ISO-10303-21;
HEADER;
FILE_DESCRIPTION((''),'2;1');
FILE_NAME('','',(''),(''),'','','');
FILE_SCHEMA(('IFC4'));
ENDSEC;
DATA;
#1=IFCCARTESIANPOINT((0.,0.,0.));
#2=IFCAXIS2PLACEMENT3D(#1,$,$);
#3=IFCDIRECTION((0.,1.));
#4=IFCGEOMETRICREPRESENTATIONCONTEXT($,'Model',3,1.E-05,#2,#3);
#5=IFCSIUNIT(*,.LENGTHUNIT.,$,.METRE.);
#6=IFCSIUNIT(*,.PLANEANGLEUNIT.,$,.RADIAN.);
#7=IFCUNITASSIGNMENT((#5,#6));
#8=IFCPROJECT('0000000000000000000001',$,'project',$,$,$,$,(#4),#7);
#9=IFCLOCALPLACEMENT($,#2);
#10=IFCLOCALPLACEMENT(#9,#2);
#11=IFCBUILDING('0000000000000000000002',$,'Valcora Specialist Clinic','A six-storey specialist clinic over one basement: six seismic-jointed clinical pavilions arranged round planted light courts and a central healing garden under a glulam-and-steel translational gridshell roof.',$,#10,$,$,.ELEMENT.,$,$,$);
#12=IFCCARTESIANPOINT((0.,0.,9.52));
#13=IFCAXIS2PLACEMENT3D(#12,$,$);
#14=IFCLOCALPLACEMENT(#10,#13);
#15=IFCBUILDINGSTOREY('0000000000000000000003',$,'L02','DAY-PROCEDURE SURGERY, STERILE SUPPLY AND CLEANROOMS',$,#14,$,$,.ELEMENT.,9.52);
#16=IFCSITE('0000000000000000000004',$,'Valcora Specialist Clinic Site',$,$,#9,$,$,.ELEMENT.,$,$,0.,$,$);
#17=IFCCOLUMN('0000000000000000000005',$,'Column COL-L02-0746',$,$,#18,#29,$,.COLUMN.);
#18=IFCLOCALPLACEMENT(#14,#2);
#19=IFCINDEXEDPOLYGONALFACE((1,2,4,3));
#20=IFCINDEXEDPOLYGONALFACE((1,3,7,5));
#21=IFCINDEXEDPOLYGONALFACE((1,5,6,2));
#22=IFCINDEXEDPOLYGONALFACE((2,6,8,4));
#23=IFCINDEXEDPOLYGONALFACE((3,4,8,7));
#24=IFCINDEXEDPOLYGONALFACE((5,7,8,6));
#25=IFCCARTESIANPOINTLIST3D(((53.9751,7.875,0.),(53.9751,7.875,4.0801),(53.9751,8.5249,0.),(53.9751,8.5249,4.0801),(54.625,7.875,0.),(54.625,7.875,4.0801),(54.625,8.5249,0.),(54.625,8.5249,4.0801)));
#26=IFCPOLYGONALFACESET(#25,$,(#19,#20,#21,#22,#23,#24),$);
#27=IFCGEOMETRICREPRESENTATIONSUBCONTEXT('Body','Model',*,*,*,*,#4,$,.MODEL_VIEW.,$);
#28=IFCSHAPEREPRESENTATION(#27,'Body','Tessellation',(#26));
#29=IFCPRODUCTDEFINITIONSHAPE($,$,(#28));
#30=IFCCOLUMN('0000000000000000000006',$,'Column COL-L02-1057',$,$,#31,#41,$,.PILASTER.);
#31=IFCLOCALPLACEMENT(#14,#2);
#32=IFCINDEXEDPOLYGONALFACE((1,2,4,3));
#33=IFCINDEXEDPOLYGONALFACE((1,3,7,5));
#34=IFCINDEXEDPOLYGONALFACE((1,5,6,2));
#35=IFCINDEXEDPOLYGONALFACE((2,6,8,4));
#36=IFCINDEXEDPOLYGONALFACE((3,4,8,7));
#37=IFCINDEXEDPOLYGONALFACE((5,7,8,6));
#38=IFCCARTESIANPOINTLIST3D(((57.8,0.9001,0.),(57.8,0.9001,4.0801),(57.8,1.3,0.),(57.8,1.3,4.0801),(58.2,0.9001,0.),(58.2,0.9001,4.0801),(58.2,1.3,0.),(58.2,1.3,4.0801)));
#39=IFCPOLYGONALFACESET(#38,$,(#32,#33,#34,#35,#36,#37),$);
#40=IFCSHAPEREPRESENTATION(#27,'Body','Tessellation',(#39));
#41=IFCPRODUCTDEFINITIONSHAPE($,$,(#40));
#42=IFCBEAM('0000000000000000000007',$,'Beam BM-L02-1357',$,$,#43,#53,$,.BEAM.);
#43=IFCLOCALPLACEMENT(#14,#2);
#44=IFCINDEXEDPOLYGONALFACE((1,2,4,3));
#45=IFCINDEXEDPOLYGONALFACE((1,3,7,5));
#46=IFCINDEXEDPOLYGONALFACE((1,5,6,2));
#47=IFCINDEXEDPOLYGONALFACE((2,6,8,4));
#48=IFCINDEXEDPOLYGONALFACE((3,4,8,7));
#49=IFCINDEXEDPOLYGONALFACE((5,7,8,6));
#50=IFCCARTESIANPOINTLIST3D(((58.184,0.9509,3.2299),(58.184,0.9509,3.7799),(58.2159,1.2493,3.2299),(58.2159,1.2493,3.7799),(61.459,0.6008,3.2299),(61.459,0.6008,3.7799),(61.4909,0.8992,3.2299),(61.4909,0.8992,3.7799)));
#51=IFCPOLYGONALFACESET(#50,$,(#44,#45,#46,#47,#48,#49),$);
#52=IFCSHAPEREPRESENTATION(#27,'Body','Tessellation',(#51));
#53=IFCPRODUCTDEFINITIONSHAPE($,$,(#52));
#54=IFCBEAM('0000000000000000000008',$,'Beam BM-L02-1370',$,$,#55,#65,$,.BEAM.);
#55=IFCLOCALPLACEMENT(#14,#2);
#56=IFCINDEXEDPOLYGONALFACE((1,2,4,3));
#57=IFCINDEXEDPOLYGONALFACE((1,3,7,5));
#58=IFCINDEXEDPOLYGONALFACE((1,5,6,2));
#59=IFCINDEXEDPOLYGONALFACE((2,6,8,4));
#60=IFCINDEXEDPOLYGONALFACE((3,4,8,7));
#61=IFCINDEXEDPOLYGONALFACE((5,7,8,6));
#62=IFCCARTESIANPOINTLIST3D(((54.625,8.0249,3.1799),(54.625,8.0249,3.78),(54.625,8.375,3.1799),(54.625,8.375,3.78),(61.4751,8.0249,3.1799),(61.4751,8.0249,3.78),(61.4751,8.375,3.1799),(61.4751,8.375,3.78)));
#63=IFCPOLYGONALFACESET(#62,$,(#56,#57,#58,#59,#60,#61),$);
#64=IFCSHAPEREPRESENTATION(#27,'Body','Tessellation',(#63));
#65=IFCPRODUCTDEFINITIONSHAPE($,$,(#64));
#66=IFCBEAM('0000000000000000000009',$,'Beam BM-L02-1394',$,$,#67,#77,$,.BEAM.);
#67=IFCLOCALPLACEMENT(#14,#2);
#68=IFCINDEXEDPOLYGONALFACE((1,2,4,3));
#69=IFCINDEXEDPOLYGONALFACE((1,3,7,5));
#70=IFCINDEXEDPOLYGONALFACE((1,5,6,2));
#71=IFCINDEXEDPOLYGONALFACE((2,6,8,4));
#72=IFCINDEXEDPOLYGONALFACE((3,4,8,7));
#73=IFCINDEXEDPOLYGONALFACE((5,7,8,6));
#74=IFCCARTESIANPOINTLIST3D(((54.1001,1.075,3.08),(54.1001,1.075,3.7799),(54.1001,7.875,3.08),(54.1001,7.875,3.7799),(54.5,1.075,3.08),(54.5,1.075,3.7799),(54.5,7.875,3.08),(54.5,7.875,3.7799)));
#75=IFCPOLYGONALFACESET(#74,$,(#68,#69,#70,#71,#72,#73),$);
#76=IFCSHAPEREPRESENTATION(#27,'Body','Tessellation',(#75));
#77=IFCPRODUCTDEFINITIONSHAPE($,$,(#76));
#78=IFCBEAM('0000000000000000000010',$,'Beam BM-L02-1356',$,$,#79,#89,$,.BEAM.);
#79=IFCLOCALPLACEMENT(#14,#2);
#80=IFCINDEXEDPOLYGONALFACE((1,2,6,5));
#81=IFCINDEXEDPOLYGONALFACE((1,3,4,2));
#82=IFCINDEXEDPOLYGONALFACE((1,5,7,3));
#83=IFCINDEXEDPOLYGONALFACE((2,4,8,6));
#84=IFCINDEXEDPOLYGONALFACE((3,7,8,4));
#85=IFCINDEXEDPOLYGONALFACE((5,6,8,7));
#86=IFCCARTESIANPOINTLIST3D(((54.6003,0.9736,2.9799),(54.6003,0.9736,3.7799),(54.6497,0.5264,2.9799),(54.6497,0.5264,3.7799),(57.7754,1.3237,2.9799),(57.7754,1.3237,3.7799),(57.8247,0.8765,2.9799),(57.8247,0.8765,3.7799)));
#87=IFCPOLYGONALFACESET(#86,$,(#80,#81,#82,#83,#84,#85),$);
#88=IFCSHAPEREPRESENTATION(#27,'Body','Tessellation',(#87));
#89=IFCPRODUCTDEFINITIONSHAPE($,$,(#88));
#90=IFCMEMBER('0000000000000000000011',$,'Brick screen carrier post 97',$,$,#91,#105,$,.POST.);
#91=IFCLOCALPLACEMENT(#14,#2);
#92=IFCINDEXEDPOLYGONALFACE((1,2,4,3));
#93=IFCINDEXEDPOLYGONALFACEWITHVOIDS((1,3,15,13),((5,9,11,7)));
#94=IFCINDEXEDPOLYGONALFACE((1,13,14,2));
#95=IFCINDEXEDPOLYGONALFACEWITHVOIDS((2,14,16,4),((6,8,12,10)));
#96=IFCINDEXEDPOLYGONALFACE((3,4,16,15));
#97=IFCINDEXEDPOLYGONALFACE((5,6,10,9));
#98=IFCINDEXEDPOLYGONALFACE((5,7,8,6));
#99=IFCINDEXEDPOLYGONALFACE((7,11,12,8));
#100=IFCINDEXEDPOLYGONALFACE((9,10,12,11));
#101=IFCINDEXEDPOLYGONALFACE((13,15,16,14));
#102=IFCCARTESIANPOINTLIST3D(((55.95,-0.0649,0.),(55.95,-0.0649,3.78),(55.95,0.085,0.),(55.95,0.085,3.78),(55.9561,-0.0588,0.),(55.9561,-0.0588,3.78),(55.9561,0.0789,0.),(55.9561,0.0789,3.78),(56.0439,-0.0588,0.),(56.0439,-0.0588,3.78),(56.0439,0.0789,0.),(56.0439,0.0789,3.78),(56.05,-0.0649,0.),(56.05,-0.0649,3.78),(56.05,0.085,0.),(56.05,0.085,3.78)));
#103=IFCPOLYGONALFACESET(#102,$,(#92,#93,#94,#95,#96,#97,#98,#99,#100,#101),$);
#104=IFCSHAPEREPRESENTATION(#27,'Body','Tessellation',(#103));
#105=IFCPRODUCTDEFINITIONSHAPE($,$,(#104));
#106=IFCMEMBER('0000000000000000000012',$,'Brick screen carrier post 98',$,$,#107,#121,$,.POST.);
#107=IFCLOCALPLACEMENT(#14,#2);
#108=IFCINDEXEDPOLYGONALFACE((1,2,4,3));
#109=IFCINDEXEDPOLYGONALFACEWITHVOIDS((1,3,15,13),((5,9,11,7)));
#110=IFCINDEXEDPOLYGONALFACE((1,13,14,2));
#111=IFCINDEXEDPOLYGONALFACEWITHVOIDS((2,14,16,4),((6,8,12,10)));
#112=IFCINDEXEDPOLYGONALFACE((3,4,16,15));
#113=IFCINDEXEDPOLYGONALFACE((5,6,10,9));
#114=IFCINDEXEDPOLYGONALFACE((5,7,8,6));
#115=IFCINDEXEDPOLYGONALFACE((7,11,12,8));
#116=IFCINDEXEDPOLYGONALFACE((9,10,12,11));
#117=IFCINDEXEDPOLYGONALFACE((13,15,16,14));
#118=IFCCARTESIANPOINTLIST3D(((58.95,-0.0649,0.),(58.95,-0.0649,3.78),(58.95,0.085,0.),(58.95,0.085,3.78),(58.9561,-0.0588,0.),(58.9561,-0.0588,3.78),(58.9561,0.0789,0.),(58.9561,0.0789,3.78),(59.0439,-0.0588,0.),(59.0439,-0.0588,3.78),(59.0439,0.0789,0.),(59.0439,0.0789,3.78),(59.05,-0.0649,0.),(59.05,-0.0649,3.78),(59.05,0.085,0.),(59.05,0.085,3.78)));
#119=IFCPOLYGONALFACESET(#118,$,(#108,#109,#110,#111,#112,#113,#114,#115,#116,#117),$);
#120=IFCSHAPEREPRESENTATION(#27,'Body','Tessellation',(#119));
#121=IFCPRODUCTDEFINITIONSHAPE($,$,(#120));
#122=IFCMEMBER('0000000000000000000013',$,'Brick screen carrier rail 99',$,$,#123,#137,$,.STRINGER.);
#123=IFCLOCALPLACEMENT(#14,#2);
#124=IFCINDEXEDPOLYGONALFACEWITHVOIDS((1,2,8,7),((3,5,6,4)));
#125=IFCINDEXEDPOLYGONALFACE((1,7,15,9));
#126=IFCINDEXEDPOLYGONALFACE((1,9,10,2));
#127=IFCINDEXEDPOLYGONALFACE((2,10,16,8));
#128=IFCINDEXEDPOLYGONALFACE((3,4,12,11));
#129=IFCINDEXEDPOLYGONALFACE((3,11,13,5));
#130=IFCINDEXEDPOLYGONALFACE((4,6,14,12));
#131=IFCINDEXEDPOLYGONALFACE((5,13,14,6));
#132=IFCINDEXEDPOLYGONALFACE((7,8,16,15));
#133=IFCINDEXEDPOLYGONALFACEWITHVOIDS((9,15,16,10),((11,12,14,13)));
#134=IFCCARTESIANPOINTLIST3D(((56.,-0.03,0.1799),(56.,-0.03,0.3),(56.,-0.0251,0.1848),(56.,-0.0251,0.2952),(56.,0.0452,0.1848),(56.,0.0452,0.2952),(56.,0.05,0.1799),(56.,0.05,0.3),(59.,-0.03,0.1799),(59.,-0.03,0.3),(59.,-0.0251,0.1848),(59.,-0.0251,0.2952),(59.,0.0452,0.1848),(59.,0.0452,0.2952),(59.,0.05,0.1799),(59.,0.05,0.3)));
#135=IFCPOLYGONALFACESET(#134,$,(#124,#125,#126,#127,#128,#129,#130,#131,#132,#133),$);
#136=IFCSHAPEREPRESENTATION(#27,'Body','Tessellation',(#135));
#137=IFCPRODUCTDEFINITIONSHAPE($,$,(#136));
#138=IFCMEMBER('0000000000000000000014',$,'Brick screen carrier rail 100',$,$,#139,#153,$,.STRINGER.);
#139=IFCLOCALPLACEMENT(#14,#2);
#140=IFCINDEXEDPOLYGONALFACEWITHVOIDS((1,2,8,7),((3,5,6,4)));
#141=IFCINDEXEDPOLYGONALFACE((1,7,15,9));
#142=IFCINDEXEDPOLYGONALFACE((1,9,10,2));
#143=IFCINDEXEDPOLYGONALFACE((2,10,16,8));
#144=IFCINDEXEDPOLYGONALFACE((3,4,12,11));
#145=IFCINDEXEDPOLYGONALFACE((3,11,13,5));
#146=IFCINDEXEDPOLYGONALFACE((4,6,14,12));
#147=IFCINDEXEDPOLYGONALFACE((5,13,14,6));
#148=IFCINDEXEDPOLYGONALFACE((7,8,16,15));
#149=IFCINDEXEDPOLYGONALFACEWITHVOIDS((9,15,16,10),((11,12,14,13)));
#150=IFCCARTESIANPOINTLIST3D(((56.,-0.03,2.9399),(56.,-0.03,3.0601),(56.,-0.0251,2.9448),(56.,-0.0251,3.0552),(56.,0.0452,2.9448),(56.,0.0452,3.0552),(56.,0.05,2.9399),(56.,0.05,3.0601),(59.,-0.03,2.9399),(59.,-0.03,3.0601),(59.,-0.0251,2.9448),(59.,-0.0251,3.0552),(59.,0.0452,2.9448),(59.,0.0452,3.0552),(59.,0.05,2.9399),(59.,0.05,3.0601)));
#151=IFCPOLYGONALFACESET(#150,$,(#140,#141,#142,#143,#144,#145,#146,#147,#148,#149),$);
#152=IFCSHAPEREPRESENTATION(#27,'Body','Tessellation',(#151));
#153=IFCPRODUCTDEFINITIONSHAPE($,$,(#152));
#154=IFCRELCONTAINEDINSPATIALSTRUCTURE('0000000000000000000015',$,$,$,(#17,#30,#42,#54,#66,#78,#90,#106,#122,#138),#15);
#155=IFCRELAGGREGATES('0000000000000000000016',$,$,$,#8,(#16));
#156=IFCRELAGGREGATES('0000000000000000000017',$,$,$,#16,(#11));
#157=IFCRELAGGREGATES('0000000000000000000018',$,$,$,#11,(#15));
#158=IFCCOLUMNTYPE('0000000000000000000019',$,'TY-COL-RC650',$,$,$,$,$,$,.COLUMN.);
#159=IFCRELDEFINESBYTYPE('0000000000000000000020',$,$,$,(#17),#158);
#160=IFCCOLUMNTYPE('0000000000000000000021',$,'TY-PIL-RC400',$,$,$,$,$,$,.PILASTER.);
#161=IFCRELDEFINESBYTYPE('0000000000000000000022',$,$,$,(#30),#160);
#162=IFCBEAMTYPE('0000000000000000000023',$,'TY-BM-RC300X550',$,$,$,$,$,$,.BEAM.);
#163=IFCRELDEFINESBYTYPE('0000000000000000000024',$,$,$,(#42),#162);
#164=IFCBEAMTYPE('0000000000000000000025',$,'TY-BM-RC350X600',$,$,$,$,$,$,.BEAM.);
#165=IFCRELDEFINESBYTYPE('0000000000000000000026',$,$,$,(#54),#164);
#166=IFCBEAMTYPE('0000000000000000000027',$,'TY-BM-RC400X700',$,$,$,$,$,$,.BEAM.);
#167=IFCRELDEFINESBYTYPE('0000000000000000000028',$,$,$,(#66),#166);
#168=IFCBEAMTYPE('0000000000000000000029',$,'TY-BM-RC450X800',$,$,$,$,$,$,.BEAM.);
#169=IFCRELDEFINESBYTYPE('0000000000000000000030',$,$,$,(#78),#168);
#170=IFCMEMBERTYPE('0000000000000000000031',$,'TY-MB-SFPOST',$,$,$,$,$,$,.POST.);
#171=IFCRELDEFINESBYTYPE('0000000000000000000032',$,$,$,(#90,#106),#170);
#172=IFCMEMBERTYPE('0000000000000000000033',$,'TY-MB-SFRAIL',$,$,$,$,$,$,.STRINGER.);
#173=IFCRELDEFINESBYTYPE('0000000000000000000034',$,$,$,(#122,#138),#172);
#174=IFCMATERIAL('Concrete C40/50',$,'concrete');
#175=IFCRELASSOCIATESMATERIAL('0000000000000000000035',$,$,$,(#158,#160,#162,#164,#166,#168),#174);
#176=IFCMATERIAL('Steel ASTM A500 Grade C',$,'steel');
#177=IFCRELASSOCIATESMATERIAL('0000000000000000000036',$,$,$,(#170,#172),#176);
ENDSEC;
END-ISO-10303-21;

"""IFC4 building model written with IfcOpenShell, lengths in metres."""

from ifc_helpers import new_model, si_unit, direction, frame, origin, origin_2d, place, context, subcontext, project, spatial, rectangle, hollow_rectangle, extrude, material, material_profile, profile_set, type_object, element, save


model = new_model("IFC4")

# Units and contexts
model_context = context("Model", 3, precision=1e-05, world=origin(), true_north=direction((0.0, 1.0)))
body_context = subcontext(model_context, "Body", "Model", "MODEL_VIEW")
ifc_project = project(units=[si_unit("LENGTHUNIT", "METRE"), si_unit("PLANEANGLEUNIT", "RADIAN")], contexts=[model_context])

# Site, building, storey
site_placement = place(None, origin())
site = spatial("IfcSite", under=ifc_project, at=site_placement, Name="Valcora Specialist Clinic Site", CompositionType="ELEMENT", RefElevation=0.0)
building_placement = place(site_placement, origin())
building = spatial("IfcBuilding", under=site, at=building_placement, Name="Valcora Specialist Clinic", Description="A six-storey specialist clinic over one basement: six seismic-jointed clinical pavilions arranged round planted light courts and a central healing garden under a glulam-and-steel translational gridshell roof.", CompositionType="ELEMENT")
storey_placement = place(building_placement, frame((0.0, 0.0, 9.52)))
storey = spatial("IfcBuildingStorey", under=building, at=storey_placement, Name="L02", Description="DAY-PROCEDURE SURGERY, STERILE SUPPLY AND CLEANROOMS", CompositionType="ELEMENT", Elevation=9.52)

# Columns
ifc_material_1 = material(Name="Concrete C40/50", Category="concrete")
ifc_material_profile_1 = material_profile(ifc_material_1, rectangle(XDim=0.6499, YDim=0.6499, at=origin_2d()), Name="RC-COL-650X650")
ifc_profile_set_1 = profile_set([ifc_material_profile_1], Name="Concrete C40/50")
column_type_1 = type_object("IfcColumnType", Name="TY-COL-RC650", PredefinedType="COLUMN", material=ifc_profile_set_1)
column_1_placement = place(storey_placement, frame((54.3, 8.2, 0.0), z_axis=(0.0, 0.0, 1.0), x_axis=(1.0, 0.0, 0.0)))
element("IfcColumn", 1, at=column_1_placement, inside=storey, type_object=column_type_1, Name="Column COL-L02-0746", PredefinedType="COLUMN", context=body_context, shape_type="SweptSolid", body=[
    extrude(rectangle(XDim=0.6499, YDim=0.6499, at=origin_2d()), origin(), (0.0, 0.0, 1.0), 4.0801),
])
ifc_material_profile_2 = material_profile(ifc_material_1, rectangle(XDim=0.3999, YDim=0.3999, at=origin_2d()), Name="RC-COL-400X400")
ifc_profile_set_2 = profile_set([ifc_material_profile_2], Name="Concrete C40/50")
column_type_2 = type_object("IfcColumnType", Name="TY-PIL-RC400", PredefinedType="PILASTER", material=ifc_profile_set_2)
column_2_placement = place(storey_placement, frame((58.0, 1.1001, 0.0), z_axis=(0.0, 0.0, 1.0), x_axis=(1.0, 0.0, 0.0)))
element("IfcColumn", 2, at=column_2_placement, inside=storey, type_object=column_type_2, Name="Column COL-L02-1057", PredefinedType="PILASTER", context=body_context, shape_type="SweptSolid", body=[
    extrude(rectangle(XDim=0.3999, YDim=0.3999, at=origin_2d()), origin(), (0.0, 0.0, 1.0), 4.0801),
])

# Beams
ifc_material_profile_3 = material_profile(ifc_material_1, rectangle(XDim=0.3, YDim=0.55, at=origin_2d()), Name="RC-BM-300X550")
ifc_profile_set_3 = profile_set([ifc_material_profile_3], Name="Concrete C40/50")
beam_type_1 = type_object("IfcBeamType", Name="TY-BM-RC300X550", PredefinedType="BEAM", material=ifc_profile_set_3)
beam_1_placement = place(storey_placement, frame((58.2, 1.1001, 3.5049), z_axis=(0.994335, -0.10629, 0.0), x_axis=(0.10629, 0.994335, 0.0)))
element("IfcBeam", 3, at=beam_1_placement, inside=storey, type_object=beam_type_1, Name="Beam BM-L02-1357", PredefinedType="BEAM", context=body_context, shape_type="SweptSolid", body=[
    extrude(rectangle(XDim=0.3, YDim=0.55, at=origin_2d()), origin(), (0.0, 0.0, 1.0), 3.2937),
])
ifc_material_profile_4 = material_profile(ifc_material_1, rectangle(XDim=0.3501, YDim=0.6001, at=origin_2d()), Name="RC-BM-350X600")
ifc_profile_set_4 = profile_set([ifc_material_profile_4], Name="Concrete C40/50")
beam_type_2 = type_object("IfcBeamType", Name="TY-BM-RC350X600", PredefinedType="BEAM", material=ifc_profile_set_4)
beam_2_placement = place(storey_placement, frame((54.625, 8.2, 3.48), z_axis=(1.0, 0.0, 0.0), x_axis=(0.0, 1.0, 0.0)))
element("IfcBeam", 4, at=beam_2_placement, inside=storey, type_object=beam_type_2, Name="Beam BM-L02-1370", PredefinedType="BEAM", context=body_context, shape_type="SweptSolid", body=[
    extrude(rectangle(XDim=0.3501, YDim=0.6001, at=origin_2d()), origin(), (0.0, 0.0, 1.0), 6.8501),
])
ifc_material_profile_5 = material_profile(ifc_material_1, rectangle(XDim=0.3999, YDim=0.7, at=origin_2d()), Name="RC-BM-400X700")
ifc_profile_set_5 = profile_set([ifc_material_profile_5], Name="Concrete C40/50")
beam_type_3 = type_object("IfcBeamType", Name="TY-BM-RC400X700", PredefinedType="BEAM", material=ifc_profile_set_5)
beam_3_placement = place(storey_placement, frame((54.3, 1.075, 3.4299), z_axis=(0.0, 1.0, 0.0), x_axis=(-1.0, 0.0, 0.0)))
element("IfcBeam", 5, at=beam_3_placement, inside=storey, type_object=beam_type_3, Name="Beam BM-L02-1394", PredefinedType="BEAM", context=body_context, shape_type="SweptSolid", body=[
    extrude(rectangle(XDim=0.3999, YDim=0.7, at=origin_2d()), origin(), (0.0, 0.0, 1.0), 6.8),
])
ifc_material_profile_6 = material_profile(ifc_material_1, rectangle(XDim=0.45, YDim=0.8, at=origin_2d()), Name="RC-BM-450X800")
ifc_profile_set_6 = profile_set([ifc_material_profile_6], Name="Concrete C40/50")
beam_type_4 = type_object("IfcBeamType", Name="TY-BM-RC450X800", PredefinedType="BEAM", material=ifc_profile_set_6)
beam_4_placement = place(storey_placement, frame((54.625, 0.75, 3.3799), z_axis=(0.993976, 0.109601, 0.0), x_axis=(-0.109601, 0.993976, 0.0)))
element("IfcBeam", 6, at=beam_4_placement, inside=storey, type_object=beam_type_4, Name="Beam BM-L02-1356", PredefinedType="BEAM", context=body_context, shape_type="SweptSolid", body=[
    extrude(rectangle(XDim=0.45, YDim=0.8, at=origin_2d()), origin(), (0.0, 0.0, 1.0), 3.1943),
])

# Members
ifc_material_2 = material(Name="Steel ASTM A500 Grade C", Category="steel")
ifc_material_profile_7 = material_profile(ifc_material_2, hollow_rectangle(XDim=0.1001, YDim=0.1499, WallThickness=0.0061, at=origin_2d()), Name="ST-RHS-150X100X6")
ifc_profile_set_7 = profile_set([ifc_material_profile_7], Name="Steel ASTM A500 Grade C")
member_type_1 = type_object("IfcMemberType", Name="TY-MB-SFPOST", PredefinedType="POST", material=ifc_profile_set_7)
for number, where, z_axis, x_axis, name in (
    (7, (56.0, 0.01, 0.0), (0.0, 0.0, 1.0), (1.0, 0.0, 0.0), "Brick screen carrier post 97"),
    (8, (59.0, 0.01, 0.0), (0.0, 0.0, 1.0), (1.0, 0.0, 0.0), "Brick screen carrier post 98"),
):
    element("IfcMember", number, at=place(storey_placement, frame(where, z_axis=z_axis, x_axis=x_axis)), inside=storey, type_object=member_type_1, Name=name, PredefinedType="POST", context=body_context, shape_type="SweptSolid", body=[
        extrude(hollow_rectangle(XDim=0.1001, YDim=0.1499, WallThickness=0.0061, at=origin_2d()), origin(), (0.0, 0.0, 1.0), 3.78),
    ])
ifc_material_profile_8 = material_profile(ifc_material_2, hollow_rectangle(XDim=0.0801, YDim=0.1201, WallThickness=0.0049, at=origin_2d()), Name="ST-RHS-120X80X5")
ifc_profile_set_8 = profile_set([ifc_material_profile_8], Name="Steel ASTM A500 Grade C")
member_type_2 = type_object("IfcMemberType", Name="TY-MB-SFRAIL", PredefinedType="STRINGER", material=ifc_profile_set_8)
for number, where, z_axis, x_axis, name in (
    (9, (56.0, 0.01, 0.24), (1.0, 0.0, 0.0), (0.0, 1.0, 0.0), "Brick screen carrier rail 99"),
    (10, (56.0, 0.01, 3.0), (1.0, 0.0, 0.0), (0.0, 1.0, 0.0), "Brick screen carrier rail 100"),
):
    element("IfcMember", number, at=place(storey_placement, frame(where, z_axis=z_axis, x_axis=x_axis)), inside=storey, type_object=member_type_2, Name=name, PredefinedType="STRINGER", context=body_context, shape_type="SweptSolid", body=[
        extrude(hollow_rectangle(XDim=0.0801, YDim=0.1201, WallThickness=0.0049, at=origin_2d()), origin(), (0.0, 0.0, 1.0), 3.0),
    ])

save(model, "model.ifc")
